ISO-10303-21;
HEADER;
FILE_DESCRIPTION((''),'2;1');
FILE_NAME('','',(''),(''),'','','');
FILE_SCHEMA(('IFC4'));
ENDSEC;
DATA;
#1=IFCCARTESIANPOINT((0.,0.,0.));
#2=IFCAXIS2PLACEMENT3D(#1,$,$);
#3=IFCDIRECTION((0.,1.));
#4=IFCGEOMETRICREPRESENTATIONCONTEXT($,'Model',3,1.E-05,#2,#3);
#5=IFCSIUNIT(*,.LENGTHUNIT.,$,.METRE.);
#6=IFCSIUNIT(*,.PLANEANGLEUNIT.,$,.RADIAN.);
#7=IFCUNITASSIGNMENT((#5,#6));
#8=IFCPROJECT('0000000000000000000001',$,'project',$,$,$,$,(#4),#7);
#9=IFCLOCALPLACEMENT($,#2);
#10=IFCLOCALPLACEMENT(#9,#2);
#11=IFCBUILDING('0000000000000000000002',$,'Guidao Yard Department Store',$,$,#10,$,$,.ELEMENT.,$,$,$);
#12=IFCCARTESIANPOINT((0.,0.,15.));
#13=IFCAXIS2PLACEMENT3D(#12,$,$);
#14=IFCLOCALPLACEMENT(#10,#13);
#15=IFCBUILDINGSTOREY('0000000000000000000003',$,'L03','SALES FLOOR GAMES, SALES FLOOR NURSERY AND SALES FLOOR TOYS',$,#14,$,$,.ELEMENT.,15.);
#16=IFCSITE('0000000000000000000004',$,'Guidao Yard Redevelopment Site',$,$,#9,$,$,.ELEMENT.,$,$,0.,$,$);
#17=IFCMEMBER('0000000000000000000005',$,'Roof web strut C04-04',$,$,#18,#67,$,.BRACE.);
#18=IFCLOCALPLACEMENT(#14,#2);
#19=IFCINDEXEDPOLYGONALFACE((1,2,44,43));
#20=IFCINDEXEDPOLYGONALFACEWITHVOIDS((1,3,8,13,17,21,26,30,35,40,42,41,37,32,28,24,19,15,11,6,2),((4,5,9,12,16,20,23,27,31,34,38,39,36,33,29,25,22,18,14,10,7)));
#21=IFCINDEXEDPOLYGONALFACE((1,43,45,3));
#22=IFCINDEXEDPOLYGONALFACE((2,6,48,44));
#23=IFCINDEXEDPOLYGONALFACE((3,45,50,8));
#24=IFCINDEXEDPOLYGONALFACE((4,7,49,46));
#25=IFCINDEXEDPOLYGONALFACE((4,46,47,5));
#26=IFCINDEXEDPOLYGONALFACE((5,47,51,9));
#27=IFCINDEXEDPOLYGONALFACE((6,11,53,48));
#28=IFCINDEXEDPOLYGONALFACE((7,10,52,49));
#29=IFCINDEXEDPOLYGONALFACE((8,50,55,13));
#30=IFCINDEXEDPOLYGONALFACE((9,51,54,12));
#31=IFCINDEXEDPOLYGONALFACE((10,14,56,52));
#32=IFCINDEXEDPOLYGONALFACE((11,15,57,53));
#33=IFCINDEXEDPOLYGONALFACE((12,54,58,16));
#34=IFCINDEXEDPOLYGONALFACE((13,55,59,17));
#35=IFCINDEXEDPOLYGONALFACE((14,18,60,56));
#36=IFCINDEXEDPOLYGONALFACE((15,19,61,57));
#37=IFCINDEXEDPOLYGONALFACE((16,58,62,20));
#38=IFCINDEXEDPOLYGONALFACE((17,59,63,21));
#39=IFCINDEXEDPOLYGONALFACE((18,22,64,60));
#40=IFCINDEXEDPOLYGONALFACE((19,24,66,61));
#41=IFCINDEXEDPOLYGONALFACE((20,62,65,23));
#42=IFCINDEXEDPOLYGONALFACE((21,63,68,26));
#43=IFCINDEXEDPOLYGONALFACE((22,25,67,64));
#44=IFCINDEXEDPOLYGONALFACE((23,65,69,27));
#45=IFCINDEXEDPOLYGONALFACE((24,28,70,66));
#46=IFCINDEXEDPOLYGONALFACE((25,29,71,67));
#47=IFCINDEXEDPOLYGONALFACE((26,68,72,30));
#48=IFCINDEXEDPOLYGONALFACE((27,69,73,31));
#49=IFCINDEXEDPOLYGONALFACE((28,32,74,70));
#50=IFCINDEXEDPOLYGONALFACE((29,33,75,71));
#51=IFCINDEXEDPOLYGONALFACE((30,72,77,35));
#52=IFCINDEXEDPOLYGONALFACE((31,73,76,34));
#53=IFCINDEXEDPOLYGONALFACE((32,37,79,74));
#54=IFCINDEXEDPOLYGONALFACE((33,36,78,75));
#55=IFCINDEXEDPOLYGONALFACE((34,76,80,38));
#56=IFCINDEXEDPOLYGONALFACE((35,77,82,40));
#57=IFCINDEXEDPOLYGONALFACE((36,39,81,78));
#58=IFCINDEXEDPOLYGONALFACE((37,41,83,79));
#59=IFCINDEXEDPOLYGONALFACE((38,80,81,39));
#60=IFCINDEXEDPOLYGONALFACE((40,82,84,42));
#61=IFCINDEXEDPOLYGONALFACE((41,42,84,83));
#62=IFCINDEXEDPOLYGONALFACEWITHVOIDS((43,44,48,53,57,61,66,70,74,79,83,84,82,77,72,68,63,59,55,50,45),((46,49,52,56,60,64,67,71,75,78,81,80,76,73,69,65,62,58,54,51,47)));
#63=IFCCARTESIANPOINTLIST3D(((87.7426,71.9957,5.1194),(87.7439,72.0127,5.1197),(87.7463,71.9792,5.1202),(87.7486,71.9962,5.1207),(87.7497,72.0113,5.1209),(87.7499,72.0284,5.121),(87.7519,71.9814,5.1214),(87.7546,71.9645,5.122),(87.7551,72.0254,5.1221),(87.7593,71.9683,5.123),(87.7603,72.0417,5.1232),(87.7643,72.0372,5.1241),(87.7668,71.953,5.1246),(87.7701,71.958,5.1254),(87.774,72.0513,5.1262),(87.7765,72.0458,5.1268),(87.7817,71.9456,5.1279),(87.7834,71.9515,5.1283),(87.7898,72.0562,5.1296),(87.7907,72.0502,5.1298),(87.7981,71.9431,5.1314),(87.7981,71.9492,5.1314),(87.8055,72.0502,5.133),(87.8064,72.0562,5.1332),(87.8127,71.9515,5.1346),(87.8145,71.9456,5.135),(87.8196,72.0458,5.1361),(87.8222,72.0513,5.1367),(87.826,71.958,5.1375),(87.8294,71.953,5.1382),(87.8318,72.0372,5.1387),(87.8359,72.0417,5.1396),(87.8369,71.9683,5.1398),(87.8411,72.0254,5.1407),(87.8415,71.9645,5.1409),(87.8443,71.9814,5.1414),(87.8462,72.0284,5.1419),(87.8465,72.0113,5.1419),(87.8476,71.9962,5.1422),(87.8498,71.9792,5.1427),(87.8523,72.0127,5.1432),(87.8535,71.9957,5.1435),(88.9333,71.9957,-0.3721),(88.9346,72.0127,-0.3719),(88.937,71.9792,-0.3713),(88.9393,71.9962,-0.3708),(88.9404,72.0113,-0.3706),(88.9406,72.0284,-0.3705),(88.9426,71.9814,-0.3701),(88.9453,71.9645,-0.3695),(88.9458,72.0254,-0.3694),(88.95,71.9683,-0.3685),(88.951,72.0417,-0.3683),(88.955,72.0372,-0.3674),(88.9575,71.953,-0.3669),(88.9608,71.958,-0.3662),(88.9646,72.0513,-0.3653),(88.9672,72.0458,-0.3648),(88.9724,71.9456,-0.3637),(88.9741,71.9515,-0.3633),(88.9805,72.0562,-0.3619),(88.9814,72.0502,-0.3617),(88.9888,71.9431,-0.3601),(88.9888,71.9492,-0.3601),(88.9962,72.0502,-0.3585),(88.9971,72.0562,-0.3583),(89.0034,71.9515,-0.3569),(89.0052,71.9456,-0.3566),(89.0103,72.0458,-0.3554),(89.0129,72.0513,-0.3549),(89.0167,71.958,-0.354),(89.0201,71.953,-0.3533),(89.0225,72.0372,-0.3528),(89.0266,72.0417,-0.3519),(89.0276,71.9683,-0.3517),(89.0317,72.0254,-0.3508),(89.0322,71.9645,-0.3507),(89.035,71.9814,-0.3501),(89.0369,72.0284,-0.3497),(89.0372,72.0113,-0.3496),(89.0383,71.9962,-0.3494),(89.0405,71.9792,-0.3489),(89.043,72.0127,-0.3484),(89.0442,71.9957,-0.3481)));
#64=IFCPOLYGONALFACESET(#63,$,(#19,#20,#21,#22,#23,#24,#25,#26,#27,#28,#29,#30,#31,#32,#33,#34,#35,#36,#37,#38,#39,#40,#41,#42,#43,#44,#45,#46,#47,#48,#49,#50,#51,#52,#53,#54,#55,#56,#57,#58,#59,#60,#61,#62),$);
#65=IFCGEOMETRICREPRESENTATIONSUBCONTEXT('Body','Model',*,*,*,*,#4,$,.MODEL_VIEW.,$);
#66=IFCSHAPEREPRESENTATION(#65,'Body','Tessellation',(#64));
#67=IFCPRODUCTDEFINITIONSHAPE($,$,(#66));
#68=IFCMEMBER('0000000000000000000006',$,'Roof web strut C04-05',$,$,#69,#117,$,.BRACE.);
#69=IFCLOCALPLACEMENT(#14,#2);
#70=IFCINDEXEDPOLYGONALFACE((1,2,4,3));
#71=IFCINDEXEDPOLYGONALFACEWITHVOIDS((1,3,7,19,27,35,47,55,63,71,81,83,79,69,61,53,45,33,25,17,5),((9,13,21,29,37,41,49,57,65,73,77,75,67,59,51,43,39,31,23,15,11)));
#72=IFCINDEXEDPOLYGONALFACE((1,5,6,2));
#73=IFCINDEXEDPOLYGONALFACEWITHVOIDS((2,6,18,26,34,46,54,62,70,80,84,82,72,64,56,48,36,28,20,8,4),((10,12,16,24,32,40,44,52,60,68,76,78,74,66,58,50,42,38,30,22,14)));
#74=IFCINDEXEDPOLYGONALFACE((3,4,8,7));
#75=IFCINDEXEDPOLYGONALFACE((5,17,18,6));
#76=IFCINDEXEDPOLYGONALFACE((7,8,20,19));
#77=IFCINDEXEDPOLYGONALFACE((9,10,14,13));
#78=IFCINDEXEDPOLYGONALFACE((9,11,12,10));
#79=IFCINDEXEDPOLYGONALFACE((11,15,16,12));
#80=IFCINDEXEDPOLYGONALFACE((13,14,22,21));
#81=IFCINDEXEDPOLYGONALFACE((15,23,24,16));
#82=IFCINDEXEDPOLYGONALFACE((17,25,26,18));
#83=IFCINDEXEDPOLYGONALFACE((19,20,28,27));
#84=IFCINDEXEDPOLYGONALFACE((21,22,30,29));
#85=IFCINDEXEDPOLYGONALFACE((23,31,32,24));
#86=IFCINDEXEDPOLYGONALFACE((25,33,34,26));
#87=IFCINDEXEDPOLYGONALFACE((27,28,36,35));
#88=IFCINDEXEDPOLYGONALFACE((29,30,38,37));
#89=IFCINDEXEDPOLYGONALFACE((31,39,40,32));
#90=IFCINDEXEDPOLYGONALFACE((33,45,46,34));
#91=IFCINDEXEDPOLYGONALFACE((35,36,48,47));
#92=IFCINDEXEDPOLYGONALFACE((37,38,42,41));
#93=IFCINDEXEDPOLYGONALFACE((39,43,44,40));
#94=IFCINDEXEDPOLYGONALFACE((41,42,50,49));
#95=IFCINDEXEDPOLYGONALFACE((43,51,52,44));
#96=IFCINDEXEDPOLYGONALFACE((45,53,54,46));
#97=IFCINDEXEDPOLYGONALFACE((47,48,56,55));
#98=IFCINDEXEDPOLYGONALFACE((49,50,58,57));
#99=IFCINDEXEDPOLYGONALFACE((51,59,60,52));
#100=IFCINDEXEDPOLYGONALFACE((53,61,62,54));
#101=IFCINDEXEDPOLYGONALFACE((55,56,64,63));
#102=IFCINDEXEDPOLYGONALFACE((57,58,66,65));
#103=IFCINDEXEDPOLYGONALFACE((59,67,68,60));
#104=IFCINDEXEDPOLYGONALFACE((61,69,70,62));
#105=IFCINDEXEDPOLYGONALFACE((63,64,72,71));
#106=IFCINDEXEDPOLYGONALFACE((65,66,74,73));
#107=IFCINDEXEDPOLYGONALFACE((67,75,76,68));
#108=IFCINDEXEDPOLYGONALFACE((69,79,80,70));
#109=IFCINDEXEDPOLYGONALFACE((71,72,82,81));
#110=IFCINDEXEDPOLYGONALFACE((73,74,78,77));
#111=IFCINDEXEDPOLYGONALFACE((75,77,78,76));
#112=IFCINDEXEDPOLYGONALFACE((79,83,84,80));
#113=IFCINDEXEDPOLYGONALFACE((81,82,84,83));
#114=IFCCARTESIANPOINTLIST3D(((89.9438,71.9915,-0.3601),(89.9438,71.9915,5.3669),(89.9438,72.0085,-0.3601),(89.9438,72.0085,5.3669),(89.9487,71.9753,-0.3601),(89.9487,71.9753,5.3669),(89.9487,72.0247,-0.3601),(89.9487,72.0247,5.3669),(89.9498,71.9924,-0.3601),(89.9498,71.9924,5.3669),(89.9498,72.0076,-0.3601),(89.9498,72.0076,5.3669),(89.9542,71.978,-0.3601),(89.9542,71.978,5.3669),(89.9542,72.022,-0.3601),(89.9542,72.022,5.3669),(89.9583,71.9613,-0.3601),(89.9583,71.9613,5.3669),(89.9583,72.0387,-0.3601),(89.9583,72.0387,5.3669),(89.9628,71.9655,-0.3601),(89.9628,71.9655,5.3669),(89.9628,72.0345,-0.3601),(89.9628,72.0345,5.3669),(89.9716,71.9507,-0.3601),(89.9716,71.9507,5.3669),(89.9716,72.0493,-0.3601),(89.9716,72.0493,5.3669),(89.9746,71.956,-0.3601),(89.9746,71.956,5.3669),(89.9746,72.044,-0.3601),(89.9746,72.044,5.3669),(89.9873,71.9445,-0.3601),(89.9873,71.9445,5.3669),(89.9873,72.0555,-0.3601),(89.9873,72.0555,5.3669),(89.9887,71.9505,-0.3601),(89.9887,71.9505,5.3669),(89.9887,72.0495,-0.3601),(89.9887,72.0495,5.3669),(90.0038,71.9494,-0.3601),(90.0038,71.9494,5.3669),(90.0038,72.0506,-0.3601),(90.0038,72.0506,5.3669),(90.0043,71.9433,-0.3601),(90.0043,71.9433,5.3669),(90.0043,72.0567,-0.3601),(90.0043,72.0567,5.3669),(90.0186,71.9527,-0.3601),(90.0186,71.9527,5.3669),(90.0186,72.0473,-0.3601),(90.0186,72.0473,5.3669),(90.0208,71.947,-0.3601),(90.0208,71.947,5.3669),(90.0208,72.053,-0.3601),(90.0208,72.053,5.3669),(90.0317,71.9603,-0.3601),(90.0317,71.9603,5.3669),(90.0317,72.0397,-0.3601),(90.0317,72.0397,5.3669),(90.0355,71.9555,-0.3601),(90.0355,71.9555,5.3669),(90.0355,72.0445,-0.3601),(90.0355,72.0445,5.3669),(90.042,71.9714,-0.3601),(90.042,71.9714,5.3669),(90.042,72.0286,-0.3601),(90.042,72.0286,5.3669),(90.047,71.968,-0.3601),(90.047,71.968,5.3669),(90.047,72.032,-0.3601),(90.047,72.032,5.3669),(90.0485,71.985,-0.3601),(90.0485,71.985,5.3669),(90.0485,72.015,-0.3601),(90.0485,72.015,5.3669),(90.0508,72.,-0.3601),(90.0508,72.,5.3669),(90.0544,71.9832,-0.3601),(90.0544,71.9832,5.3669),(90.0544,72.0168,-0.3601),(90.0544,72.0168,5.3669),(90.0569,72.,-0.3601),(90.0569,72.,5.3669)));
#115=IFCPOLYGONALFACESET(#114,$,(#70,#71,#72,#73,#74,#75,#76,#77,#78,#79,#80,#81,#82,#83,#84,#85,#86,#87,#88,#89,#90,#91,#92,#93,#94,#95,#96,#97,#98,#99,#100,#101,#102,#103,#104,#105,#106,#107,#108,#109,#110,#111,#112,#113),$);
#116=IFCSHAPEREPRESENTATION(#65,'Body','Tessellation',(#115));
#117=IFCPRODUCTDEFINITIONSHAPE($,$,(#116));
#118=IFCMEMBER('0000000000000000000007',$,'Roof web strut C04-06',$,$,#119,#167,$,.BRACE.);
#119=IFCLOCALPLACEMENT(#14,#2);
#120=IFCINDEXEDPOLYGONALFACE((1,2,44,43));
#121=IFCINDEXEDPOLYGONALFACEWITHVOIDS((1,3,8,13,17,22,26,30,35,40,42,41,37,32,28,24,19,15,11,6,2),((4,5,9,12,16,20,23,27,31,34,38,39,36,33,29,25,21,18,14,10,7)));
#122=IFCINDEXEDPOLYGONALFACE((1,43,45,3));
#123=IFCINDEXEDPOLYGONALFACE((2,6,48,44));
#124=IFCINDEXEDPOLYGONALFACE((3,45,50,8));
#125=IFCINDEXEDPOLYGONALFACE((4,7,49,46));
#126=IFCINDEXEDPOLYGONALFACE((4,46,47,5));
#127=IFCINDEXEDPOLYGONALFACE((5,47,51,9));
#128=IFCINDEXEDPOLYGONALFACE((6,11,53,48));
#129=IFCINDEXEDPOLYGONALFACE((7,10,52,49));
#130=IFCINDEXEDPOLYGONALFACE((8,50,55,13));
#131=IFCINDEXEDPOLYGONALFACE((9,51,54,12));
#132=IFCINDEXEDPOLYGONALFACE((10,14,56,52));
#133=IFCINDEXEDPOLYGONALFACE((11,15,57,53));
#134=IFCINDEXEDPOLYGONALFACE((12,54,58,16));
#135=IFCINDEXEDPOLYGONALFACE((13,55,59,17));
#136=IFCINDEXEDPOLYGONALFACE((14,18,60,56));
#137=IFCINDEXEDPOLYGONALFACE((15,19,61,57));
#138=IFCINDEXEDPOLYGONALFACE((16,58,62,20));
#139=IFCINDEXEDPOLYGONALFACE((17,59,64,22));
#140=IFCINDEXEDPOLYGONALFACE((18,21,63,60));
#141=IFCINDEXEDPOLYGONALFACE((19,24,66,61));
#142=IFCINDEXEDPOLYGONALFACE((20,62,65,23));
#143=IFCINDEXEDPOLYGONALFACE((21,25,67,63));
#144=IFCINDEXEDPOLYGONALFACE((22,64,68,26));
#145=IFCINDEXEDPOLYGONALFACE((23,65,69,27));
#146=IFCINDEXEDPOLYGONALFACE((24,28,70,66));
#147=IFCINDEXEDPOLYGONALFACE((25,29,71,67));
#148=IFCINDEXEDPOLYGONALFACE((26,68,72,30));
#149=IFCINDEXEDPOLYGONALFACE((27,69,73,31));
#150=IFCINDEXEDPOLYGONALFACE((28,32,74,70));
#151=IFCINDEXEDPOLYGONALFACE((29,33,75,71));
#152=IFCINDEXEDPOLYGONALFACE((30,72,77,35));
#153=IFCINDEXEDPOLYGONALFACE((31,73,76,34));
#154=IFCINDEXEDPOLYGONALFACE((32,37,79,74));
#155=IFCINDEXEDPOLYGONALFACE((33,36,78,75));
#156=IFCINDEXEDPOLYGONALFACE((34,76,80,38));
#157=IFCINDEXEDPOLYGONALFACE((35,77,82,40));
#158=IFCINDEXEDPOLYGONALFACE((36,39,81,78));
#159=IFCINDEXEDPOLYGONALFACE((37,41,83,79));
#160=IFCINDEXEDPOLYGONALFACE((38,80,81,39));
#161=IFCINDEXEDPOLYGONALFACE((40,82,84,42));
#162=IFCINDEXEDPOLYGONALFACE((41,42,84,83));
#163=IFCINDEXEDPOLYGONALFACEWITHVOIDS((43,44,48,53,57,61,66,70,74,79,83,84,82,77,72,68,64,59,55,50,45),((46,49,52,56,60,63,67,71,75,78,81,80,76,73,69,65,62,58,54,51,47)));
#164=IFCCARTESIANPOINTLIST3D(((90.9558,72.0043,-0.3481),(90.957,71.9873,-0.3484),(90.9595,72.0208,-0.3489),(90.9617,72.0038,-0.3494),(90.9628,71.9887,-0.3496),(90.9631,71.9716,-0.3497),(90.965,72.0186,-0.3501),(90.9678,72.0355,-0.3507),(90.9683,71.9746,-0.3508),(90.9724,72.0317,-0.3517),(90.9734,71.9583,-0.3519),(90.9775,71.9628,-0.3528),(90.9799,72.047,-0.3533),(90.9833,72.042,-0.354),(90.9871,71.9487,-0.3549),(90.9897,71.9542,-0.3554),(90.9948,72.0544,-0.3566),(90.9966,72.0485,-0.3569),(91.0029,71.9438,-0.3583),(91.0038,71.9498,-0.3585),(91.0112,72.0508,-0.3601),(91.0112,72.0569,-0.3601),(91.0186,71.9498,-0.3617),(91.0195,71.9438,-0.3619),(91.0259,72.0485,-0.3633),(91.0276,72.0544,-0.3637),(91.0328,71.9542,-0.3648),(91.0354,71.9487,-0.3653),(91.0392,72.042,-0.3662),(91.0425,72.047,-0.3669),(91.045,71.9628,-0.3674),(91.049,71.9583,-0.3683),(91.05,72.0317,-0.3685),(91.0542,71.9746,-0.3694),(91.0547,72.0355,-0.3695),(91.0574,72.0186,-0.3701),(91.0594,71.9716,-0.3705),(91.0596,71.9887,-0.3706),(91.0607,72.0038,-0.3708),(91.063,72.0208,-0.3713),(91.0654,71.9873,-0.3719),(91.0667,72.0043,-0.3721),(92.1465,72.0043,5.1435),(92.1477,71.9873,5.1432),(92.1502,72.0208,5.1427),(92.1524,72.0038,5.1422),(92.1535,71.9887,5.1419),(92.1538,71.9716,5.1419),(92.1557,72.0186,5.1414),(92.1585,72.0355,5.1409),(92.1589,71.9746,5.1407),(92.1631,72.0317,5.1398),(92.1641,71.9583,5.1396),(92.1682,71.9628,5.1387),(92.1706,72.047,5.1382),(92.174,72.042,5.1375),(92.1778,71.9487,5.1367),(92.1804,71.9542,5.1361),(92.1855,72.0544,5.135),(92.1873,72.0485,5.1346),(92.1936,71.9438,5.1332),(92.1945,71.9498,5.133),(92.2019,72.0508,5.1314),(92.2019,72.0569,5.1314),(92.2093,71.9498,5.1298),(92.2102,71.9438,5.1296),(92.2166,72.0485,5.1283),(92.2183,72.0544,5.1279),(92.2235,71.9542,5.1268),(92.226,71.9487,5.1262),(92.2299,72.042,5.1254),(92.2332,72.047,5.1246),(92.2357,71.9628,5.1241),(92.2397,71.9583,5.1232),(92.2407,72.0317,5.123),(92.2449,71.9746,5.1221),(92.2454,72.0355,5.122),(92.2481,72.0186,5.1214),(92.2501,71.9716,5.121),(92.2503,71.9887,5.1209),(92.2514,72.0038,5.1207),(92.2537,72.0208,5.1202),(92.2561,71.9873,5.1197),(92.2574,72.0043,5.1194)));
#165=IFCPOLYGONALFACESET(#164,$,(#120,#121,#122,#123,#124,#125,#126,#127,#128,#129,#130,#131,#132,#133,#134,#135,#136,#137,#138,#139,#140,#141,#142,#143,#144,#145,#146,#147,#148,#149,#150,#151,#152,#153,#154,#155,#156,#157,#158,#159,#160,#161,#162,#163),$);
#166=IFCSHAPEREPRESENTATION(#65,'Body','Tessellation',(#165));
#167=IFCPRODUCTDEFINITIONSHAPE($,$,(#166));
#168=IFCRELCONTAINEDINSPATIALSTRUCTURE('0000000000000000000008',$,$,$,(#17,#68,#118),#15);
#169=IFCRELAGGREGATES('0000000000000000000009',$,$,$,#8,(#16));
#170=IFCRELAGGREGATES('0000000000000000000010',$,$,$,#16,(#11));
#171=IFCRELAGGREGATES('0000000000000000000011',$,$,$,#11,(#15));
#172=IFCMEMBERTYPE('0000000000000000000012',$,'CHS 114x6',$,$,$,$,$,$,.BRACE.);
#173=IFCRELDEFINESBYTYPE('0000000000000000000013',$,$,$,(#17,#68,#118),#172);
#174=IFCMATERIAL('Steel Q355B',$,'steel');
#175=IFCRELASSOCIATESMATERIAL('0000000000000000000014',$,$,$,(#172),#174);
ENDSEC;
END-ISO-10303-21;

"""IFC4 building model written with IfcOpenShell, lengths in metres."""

from ifc_helpers import new_model, si_unit, direction, frame, origin, origin_2d, place, context, subcontext, project, spatial, hollow_circle, extrude, material, material_profile, profile_set, type_object, element, save


model = new_model("IFC4")

# Units and contexts
model_context = context("Model", 3, precision=1e-05, world=origin(), true_north=direction((0.0, 1.0)))
body_context = subcontext(model_context, "Body", "Model", "MODEL_VIEW")
ifc_project = project(units=[si_unit("LENGTHUNIT", "METRE"), si_unit("PLANEANGLEUNIT", "RADIAN")], contexts=[model_context])

# Site, building, storey
site_placement = place(None, origin())
site = spatial("IfcSite", under=ifc_project, at=site_placement, Name="Guidao Yard Redevelopment Site", CompositionType="ELEMENT", RefElevation=0.0)
building_placement = place(site_placement, origin())
building = spatial("IfcBuilding", under=site, at=building_placement, Name="Guidao Yard Department Store", CompositionType="ELEMENT")
storey_placement = place(building_placement, frame((0.0, 0.0, 15.0)))
storey = spatial("IfcBuildingStorey", under=building, at=storey_placement, Name="L03", Description="SALES FLOOR GAMES, SALES FLOOR NURSERY AND SALES FLOOR TOYS", CompositionType="ELEMENT", Elevation=15.0)

# Members
ifc_material_1 = material(Name="Steel Q355B", Category="steel")
ifc_material_profile_1 = material_profile(ifc_material_1, hollow_circle(Radius=0.0569, WallThickness=0.0061, at=origin_2d()), Name="CHS 114x6")
ifc_profile_set_1 = profile_set([ifc_material_profile_1], Name="Steel Q355B")
member_type_1 = type_object("IfcMemberType", Name="CHS 114x6", PredefinedType="BRACE", material=ifc_profile_set_1)
member_1_placement = place(storey_placement, frame((88.9888, 72.0, -0.3601), z_axis=(-0.211899, 0.0, 0.977292), x_axis=(0.0, -1.0, 0.0)))
element("IfcMember", 1, at=member_1_placement, inside=storey, type_object=member_type_1, Name="Roof web strut C04-04", PredefinedType="BRACE", context=body_context, shape_type="SweptSolid", body=[
    extrude(hollow_circle(Radius=0.0569, WallThickness=0.0061, at=origin_2d()), origin(), (0.0, 0.0, 1.0), 5.6191),
])
member_2_placement = place(storey_placement, frame((90.0, 72.0, -0.3601), z_axis=(0.0, 0.0, 1.0), x_axis=(1.0, 0.0, 0.0)))
element("IfcMember", 2, at=member_2_placement, inside=storey, type_object=member_type_1, Name="Roof web strut C04-05", PredefinedType="BRACE", context=body_context, shape_type="SweptSolid", body=[
    extrude(hollow_circle(Radius=0.0569, WallThickness=0.0061, at=origin_2d()), origin(), (0.0, 0.0, 1.0), 5.7271),
])
member_3_placement = place(storey_placement, frame((91.0112, 72.0, -0.3601), z_axis=(0.211899, 0.0, 0.977292), x_axis=(0.0, 1.0, 0.0)))
element("IfcMember", 3, at=member_3_placement, inside=storey, type_object=member_type_1, Name="Roof web strut C04-06", PredefinedType="BRACE", context=body_context, shape_type="SweptSolid", body=[
    extrude(hollow_circle(Radius=0.0569, WallThickness=0.0061, at=origin_2d()), origin(), (0.0, 0.0, 1.0), 5.6191),
])

save(model, "model.ifc")
